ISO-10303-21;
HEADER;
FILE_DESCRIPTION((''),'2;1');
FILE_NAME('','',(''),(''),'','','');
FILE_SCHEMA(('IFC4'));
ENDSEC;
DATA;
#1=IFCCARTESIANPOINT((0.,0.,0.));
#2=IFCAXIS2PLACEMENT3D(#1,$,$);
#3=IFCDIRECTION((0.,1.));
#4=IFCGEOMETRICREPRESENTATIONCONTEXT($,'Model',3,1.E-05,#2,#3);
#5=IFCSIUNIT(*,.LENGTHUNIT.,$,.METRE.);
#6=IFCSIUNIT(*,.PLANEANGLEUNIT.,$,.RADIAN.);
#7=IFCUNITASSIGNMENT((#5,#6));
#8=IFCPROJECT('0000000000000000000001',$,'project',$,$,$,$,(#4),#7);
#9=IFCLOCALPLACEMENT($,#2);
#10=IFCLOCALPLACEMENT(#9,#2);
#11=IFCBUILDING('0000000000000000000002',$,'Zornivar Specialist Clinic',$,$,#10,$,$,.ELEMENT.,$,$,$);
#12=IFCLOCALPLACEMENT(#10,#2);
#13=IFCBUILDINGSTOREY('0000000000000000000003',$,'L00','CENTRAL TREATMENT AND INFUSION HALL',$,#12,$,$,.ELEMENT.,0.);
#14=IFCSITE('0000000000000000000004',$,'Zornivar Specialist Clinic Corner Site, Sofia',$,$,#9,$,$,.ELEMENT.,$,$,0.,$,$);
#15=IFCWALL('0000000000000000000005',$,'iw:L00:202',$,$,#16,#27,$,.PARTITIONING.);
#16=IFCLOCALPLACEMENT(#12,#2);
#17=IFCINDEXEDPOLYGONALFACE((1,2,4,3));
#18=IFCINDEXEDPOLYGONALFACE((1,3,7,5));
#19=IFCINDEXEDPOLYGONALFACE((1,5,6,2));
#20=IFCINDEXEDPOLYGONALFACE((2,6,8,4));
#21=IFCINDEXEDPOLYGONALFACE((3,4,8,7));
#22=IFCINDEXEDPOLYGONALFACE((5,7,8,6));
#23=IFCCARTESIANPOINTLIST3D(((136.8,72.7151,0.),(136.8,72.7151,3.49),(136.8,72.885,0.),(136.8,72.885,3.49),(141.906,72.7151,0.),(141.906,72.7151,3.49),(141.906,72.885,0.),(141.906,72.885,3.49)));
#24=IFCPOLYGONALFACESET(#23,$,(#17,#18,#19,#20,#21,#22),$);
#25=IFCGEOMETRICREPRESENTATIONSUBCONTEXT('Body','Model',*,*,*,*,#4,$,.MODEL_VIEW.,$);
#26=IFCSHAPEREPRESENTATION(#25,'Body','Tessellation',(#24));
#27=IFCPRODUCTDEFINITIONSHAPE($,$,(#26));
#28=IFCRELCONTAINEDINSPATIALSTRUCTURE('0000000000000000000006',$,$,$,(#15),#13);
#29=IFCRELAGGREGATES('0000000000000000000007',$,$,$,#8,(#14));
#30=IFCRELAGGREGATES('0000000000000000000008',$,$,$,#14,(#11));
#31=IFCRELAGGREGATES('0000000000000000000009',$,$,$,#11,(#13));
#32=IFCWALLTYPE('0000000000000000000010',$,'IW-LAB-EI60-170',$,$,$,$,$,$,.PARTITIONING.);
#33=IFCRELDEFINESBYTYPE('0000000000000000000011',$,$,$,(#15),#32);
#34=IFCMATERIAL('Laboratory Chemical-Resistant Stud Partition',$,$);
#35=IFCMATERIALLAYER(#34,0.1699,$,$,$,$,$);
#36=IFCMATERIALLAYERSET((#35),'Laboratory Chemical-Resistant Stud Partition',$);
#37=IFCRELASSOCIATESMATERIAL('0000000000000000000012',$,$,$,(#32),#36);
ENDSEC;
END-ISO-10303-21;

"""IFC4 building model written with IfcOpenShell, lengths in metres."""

from ifc_helpers import new_model, si_unit, direction, frame, frame_2d, origin, place, context, subcontext, project, spatial, rectangle, extrude, material, layer, layer_set, type_object, element, save


model = new_model("IFC4")

# Units and contexts
model_context = context("Model", 3, precision=1e-05, world=origin(), true_north=direction((0.0, 1.0)))
body_context = subcontext(model_context, "Body", "Model", "MODEL_VIEW")
ifc_project = project(units=[si_unit("LENGTHUNIT", "METRE"), si_unit("PLANEANGLEUNIT", "RADIAN")], contexts=[model_context])

# Site, building, storey
site_placement = place(None, origin())
site = spatial("IfcSite", under=ifc_project, at=site_placement, Name="Zornivar Specialist Clinic Corner Site, Sofia", CompositionType="ELEMENT", RefElevation=0.0)
building_placement = place(site_placement, origin())
building = spatial("IfcBuilding", under=site, at=building_placement, Name="Zornivar Specialist Clinic", CompositionType="ELEMENT")
storey_placement = place(building_placement, origin())
storey = spatial("IfcBuildingStorey", under=building, at=storey_placement, Name="L00", Description="CENTRAL TREATMENT AND INFUSION HALL", CompositionType="ELEMENT", Elevation=0.0)

# Wall
ifc_material_1 = material(Name="Laboratory Chemical-Resistant Stud Partition")
ifc_layer_1 = layer(ifc_material_1, 0.1699)
ifc_layer_set_1 = layer_set([ifc_layer_1], Name="Laboratory Chemical-Resistant Stud Partition")
wall_type_1 = type_object("IfcWallType", Name="IW-LAB-EI60-170", PredefinedType="PARTITIONING", material=ifc_layer_set_1)
wall_1_placement = place(storey_placement, frame((141.906, 72.8, 0.0), z_axis=(0.0, 0.0, 1.0), x_axis=(-1.0, 0.0, 0.0)))
element("IfcWall", 1, at=wall_1_placement, inside=storey, type_object=wall_type_1, Name="iw:L00:202", PredefinedType="PARTITIONING", context=body_context, shape_type="SweptSolid", body=[
    extrude(rectangle(XDim=5.106, YDim=0.1699, at=frame_2d((2.553, 0.0))), origin(), (0.0, 0.0, 1.0), 3.49),
])

save(model, "model.ifc")
